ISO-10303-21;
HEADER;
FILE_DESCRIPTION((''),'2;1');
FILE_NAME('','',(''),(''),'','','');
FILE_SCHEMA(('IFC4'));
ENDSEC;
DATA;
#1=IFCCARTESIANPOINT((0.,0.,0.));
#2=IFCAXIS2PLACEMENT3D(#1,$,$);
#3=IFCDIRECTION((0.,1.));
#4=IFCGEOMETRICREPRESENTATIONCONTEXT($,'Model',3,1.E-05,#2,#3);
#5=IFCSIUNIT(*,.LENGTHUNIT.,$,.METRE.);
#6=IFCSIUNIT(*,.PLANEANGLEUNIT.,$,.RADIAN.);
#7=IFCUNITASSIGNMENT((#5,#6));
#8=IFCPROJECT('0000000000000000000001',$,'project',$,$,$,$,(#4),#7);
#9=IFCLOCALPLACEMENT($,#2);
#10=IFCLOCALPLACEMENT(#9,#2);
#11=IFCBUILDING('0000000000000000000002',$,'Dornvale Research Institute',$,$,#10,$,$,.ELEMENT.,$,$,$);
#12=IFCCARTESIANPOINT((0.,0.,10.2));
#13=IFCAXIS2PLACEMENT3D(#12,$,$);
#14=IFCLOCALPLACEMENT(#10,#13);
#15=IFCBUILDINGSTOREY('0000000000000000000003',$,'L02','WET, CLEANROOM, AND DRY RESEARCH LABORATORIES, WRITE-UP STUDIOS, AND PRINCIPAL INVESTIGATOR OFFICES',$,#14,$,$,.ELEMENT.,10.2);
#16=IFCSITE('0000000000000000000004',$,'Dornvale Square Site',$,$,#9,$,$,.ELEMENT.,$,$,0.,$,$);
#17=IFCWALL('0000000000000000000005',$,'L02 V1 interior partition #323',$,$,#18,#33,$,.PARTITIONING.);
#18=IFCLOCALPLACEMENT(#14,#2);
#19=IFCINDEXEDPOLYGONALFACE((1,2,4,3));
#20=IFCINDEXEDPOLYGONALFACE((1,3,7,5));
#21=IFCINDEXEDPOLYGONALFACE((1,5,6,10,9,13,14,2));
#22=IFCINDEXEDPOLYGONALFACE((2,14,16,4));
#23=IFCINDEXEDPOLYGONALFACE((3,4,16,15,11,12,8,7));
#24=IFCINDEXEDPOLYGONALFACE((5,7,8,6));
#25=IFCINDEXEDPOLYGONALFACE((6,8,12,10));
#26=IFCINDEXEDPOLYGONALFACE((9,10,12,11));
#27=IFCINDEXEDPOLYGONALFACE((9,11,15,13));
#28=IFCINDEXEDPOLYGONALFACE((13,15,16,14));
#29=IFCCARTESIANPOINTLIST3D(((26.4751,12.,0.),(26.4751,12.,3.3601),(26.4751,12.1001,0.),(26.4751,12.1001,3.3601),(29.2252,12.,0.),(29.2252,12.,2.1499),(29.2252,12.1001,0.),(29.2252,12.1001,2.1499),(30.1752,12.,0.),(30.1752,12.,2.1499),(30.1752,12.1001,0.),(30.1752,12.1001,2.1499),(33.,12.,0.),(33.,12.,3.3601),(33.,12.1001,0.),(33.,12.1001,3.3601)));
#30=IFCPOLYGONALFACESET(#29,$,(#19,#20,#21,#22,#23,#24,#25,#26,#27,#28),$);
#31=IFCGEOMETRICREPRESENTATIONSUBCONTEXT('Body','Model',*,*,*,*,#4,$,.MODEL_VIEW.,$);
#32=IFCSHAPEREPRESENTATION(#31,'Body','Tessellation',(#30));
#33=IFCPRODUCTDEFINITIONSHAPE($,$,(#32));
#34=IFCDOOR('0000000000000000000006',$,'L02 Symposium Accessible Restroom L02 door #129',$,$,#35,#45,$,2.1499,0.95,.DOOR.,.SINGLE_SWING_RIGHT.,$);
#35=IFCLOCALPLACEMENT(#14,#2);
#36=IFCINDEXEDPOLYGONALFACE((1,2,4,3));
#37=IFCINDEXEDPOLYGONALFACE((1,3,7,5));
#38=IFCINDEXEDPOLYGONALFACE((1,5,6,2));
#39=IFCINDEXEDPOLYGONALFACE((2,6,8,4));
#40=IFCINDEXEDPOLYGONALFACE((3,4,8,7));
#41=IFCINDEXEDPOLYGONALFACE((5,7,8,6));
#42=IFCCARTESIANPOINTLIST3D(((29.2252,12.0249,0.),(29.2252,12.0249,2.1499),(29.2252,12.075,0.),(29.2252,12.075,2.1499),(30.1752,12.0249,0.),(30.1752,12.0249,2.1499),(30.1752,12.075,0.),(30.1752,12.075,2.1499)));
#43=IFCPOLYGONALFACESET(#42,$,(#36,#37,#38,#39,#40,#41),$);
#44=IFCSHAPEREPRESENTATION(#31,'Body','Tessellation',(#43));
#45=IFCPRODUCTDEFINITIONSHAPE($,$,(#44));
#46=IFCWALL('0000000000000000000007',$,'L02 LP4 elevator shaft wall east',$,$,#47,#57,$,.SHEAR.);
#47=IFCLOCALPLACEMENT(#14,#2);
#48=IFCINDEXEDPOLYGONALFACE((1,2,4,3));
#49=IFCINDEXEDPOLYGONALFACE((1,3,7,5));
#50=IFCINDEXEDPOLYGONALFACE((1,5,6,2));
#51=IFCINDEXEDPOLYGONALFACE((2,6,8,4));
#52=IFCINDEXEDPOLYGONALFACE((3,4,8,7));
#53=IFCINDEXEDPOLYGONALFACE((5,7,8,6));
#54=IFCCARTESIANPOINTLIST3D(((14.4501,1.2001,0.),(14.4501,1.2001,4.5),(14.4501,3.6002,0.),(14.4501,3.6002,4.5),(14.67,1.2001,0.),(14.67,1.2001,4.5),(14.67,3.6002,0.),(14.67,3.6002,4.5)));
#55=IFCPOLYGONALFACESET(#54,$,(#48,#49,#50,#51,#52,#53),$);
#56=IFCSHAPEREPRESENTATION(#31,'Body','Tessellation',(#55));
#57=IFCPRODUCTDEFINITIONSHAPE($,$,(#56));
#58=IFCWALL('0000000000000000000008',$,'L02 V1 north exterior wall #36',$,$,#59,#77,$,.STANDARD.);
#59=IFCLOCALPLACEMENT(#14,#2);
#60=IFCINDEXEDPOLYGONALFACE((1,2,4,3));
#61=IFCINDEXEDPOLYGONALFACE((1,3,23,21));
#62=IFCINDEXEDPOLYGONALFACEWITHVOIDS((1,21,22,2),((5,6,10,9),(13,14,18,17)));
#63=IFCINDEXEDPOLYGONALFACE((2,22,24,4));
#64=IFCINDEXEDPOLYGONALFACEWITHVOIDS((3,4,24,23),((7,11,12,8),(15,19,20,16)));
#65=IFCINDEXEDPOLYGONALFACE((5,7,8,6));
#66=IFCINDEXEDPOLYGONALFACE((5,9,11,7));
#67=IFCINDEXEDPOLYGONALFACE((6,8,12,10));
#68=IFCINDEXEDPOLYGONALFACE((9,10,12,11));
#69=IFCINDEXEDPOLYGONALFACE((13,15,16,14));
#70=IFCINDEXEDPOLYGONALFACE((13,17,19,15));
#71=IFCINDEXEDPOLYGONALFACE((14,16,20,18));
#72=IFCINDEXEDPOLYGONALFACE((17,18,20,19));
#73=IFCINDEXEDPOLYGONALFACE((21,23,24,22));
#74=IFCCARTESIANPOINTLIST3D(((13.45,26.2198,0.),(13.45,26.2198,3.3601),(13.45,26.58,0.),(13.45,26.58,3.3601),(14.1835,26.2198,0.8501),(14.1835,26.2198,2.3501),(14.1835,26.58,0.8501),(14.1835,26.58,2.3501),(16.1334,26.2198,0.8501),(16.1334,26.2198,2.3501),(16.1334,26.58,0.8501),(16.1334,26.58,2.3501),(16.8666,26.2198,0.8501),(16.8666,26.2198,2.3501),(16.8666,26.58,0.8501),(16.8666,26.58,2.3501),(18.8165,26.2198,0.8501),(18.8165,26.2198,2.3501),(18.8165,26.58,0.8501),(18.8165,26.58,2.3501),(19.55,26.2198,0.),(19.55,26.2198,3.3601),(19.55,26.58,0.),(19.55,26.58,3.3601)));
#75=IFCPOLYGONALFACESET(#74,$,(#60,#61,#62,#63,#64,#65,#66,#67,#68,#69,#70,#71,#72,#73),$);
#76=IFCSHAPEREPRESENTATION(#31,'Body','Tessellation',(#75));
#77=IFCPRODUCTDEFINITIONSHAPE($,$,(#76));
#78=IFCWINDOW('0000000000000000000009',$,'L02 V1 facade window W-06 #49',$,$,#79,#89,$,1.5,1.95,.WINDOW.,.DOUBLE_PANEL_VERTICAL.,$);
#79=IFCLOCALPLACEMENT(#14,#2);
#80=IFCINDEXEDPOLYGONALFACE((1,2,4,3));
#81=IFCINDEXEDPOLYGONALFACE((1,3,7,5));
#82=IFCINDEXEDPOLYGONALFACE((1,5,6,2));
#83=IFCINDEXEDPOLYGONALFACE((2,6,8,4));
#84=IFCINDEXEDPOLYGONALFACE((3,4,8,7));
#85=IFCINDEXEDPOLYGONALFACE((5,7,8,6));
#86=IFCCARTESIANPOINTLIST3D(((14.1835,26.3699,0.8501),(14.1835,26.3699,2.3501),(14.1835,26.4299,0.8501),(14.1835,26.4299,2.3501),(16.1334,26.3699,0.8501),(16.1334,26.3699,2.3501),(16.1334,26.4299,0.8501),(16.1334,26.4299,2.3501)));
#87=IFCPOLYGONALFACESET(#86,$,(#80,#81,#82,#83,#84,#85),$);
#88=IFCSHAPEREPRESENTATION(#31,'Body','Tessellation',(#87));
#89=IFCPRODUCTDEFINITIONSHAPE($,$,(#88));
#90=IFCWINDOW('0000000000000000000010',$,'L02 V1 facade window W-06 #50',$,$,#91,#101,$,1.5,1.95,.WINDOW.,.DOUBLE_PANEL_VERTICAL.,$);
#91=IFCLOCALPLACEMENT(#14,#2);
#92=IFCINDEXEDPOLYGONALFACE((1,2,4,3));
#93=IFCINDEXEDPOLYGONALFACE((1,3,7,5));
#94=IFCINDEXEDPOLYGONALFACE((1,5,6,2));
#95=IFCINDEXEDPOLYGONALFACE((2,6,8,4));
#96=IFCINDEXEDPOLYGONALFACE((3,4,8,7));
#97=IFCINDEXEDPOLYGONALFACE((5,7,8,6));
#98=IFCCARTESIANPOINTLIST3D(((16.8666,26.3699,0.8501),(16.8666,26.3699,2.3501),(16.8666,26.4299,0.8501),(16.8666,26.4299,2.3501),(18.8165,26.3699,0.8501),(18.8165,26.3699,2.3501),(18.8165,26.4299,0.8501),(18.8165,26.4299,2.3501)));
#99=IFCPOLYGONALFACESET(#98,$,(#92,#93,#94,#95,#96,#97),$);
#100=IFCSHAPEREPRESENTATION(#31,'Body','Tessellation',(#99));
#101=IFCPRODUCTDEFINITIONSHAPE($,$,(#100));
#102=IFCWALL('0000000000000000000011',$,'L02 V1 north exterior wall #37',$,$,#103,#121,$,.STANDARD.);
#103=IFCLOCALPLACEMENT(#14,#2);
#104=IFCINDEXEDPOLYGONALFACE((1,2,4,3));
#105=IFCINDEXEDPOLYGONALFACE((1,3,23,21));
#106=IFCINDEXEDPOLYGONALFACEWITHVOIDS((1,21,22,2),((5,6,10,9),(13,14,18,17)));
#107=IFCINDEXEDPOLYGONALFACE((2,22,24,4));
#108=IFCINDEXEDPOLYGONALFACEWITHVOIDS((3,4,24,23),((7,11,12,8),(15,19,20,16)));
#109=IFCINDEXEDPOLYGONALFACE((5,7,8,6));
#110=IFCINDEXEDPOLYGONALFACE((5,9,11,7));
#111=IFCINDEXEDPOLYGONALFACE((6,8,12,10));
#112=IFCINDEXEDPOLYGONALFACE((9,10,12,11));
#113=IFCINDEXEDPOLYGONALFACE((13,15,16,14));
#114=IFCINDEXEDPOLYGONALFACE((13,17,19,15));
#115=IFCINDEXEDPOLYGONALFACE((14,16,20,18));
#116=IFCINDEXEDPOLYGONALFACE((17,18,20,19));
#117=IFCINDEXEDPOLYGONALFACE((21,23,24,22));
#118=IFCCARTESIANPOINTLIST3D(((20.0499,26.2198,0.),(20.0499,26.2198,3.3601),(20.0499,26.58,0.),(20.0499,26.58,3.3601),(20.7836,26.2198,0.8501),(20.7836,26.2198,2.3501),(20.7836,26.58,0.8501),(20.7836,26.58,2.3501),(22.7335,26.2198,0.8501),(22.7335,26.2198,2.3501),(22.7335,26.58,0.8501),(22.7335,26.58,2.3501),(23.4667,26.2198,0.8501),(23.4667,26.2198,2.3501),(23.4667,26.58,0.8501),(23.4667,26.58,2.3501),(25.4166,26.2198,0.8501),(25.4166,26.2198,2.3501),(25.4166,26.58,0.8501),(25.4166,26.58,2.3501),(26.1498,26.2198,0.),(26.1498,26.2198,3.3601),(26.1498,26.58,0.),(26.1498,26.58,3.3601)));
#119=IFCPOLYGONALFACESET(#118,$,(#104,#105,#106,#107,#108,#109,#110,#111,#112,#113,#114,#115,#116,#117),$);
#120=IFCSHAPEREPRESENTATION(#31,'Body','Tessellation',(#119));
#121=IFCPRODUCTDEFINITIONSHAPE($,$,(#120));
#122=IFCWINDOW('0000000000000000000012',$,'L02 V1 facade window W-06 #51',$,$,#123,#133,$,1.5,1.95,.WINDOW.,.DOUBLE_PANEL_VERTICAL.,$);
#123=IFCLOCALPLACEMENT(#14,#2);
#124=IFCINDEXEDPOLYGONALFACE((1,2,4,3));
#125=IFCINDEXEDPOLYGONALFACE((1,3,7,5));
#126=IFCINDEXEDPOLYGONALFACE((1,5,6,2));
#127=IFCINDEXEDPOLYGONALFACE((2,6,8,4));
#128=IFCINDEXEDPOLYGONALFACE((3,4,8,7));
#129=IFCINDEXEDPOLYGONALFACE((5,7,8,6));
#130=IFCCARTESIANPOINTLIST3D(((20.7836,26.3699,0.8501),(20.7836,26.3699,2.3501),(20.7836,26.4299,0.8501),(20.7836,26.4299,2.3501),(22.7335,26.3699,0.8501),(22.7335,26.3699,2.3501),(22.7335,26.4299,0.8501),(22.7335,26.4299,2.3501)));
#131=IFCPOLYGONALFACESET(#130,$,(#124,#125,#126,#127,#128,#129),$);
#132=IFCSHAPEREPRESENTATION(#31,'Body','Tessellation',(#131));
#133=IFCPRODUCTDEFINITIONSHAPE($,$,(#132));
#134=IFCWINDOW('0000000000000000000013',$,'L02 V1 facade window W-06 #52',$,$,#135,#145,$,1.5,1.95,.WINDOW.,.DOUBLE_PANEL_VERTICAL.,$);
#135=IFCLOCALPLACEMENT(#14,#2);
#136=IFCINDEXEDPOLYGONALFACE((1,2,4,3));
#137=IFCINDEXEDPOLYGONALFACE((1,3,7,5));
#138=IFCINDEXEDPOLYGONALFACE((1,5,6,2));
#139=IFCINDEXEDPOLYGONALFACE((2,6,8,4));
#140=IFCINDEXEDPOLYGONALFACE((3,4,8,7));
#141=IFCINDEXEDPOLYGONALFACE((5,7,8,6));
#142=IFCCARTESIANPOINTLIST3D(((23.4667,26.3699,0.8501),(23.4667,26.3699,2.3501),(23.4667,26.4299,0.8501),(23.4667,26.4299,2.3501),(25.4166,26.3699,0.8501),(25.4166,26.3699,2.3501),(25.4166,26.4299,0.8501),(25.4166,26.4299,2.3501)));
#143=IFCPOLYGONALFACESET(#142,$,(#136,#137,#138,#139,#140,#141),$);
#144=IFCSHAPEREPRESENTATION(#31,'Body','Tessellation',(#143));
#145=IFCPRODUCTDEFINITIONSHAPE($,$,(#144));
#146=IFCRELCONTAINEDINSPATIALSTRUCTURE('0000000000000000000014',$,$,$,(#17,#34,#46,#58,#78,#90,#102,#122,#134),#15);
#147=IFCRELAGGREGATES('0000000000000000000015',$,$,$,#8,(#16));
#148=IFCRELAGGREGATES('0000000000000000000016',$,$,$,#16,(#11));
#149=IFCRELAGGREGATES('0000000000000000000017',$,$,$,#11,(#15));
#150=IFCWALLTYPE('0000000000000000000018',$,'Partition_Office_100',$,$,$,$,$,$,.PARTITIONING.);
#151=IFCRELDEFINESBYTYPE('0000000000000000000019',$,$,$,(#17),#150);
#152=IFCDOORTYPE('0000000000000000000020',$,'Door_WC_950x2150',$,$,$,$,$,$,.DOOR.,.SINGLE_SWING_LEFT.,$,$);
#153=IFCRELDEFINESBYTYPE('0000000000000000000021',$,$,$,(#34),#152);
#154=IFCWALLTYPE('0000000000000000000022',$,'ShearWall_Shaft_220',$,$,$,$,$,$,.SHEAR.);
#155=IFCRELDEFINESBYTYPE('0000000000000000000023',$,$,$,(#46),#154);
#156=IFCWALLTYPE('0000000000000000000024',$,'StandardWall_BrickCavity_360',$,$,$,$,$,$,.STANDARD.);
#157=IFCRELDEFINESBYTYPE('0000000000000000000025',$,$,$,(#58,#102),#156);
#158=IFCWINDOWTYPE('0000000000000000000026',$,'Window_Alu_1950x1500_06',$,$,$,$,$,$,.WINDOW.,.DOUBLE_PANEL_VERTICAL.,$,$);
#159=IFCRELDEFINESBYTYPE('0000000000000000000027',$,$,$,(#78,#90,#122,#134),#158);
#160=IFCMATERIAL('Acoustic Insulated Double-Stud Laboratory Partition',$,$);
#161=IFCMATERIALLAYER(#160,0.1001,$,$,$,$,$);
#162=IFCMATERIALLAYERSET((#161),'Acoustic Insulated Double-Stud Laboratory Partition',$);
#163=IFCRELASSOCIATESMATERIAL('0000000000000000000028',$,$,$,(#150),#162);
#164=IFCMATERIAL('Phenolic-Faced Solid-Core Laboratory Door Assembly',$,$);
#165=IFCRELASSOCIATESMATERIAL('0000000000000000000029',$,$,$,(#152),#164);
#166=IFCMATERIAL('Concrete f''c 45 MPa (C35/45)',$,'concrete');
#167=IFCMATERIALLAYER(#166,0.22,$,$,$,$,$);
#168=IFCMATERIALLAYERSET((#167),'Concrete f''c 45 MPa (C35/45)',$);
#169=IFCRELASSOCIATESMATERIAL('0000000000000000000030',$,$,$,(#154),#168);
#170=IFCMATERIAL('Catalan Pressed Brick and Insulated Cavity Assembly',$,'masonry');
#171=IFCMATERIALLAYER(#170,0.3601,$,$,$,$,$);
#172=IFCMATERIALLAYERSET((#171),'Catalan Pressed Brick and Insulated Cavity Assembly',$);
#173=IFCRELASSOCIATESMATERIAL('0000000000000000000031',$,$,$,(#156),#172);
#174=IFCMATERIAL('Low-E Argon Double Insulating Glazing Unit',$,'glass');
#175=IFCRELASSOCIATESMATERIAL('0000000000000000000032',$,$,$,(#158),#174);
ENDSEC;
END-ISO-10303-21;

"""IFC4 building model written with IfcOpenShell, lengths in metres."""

from ifc_helpers import new_model, si_unit, direction, frame, frame_2d, origin, place, context, subcontext, project, spatial, rectangle, extrude, material, layer, layer_set, type_object, element, fill, save


model = new_model("IFC4")

# Units and contexts
model_context = context("Model", 3, precision=1e-05, world=origin(), true_north=direction((0.0, 1.0)))
body_context = subcontext(model_context, "Body", "Model", "MODEL_VIEW")
ifc_project = project(units=[si_unit("LENGTHUNIT", "METRE"), si_unit("PLANEANGLEUNIT", "RADIAN")], contexts=[model_context])

# Site, building, storey
site_placement = place(None, origin())
site = spatial("IfcSite", under=ifc_project, at=site_placement, Name="Dornvale Square Site", CompositionType="ELEMENT", RefElevation=0.0)
building_placement = place(site_placement, origin())
building = spatial("IfcBuilding", under=site, at=building_placement, Name="Dornvale Research Institute", CompositionType="ELEMENT")
storey_placement = place(building_placement, frame((0.0, 0.0, 10.2)))
storey = spatial("IfcBuildingStorey", under=building, at=storey_placement, Name="L02", Description="WET, CLEANROOM, AND DRY RESEARCH LABORATORIES, WRITE-UP STUDIOS, AND PRINCIPAL INVESTIGATOR OFFICES", CompositionType="ELEMENT", Elevation=10.2)

# Wall, opening, door
ifc_material_1 = material(Name="Acoustic Insulated Double-Stud Laboratory Partition")
ifc_layer_1 = layer(ifc_material_1, 0.1001)
ifc_layer_set_1 = layer_set([ifc_layer_1], Name="Acoustic Insulated Double-Stud Laboratory Partition")
wall_type_1 = type_object("IfcWallType", Name="Partition_Office_100", PredefinedType="PARTITIONING", material=ifc_layer_set_1)
wall_1_placement = place(storey_placement, frame((26.4751, 12.05, 0.0), z_axis=(0.0, 0.0, 1.0), x_axis=(1.0, 0.0, 0.0)))
wall_1 = element("IfcWall", 1, at=wall_1_placement, inside=storey, type_object=wall_type_1, Name="L02 V1 interior partition #323", PredefinedType="PARTITIONING", context=body_context, shape_type="SweptSolid", body=[
    extrude(rectangle(XDim=6.5249, YDim=0.1001, at=frame_2d((3.2625, 0.0))), origin(), (0.0, 0.0, 1.0), 3.3601),
])
opening_1_placement = place(wall_1_placement, frame((2.75, 0.0, 0.0)))
opening_1 = element("IfcOpeningElement", 2, at=opening_1_placement, cuts=wall_1, PredefinedType="OPENING", context=body_context, shape_type="SweptSolid", body=[
    extrude(rectangle(XDim=0.95, YDim=2.1499, at=frame_2d((0.4751, 1.075))), frame((0.0, 0.0649, 0.0), z_axis=(0.0, -1.0, 0.0), x_axis=(1.0, 0.0, 0.0)), (0.0, 0.0, 1.0), 0.1301),
])
ifc_material_2 = material(Name="Phenolic-Faced Solid-Core Laboratory Door Assembly")
door_type_1 = type_object("IfcDoorType", Name="Door_WC_950x2150", OperationType="SINGLE_SWING_LEFT", PredefinedType="DOOR", material=ifc_material_2)
door_1_placement = place(opening_1_placement, origin())
door_1 = element("IfcDoor", 3, at=door_1_placement, inside=storey, type_object=door_type_1, Name="L02 Symposium Accessible Restroom L02 door #129", OperationType="SINGLE_SWING_RIGHT", OverallHeight=2.1499, OverallWidth=0.95, PredefinedType="DOOR", context=body_context, shape_type="SweptSolid", body=[
    extrude(rectangle(XDim=0.95, YDim=2.1499, at=frame_2d((0.4751, 1.075))), frame((0.0, 0.0249, 0.0), z_axis=(0.0, -1.0, 0.0), x_axis=(1.0, 0.0, 0.0)), (0.0, 0.0, 1.0), 0.05),
])
fill(opening_1, door_1)

# Wall
ifc_material_3 = material(Name="Concrete f'c 45 MPa (C35/45)", Category="concrete")
ifc_layer_2 = layer(ifc_material_3, 0.22)
ifc_layer_set_2 = layer_set([ifc_layer_2], Name="Concrete f'c 45 MPa (C35/45)")
wall_type_2 = type_object("IfcWallType", Name="ShearWall_Shaft_220", PredefinedType="SHEAR", material=ifc_layer_set_2)
wall_2_placement = place(storey_placement, frame((14.5601, 1.2, 0.0), z_axis=(0.0, 0.0, 1.0), x_axis=(0.0, 1.0, 0.0)))
element("IfcWall", 4, at=wall_2_placement, inside=storey, type_object=wall_type_2, Name="L02 LP4 elevator shaft wall east", PredefinedType="SHEAR", context=body_context, shape_type="SweptSolid", body=[
    extrude(rectangle(XDim=2.4001, YDim=0.22, at=frame_2d((1.2002, 0.0))), origin(), (0.0, 0.0, 1.0), 4.5),
])

# Walls, openings, windows
ifc_material_4 = material(Name="Catalan Pressed Brick and Insulated Cavity Assembly", Category="masonry")
ifc_layer_3 = layer(ifc_material_4, 0.3601)
ifc_layer_set_3 = layer_set([ifc_layer_3], Name="Catalan Pressed Brick and Insulated Cavity Assembly")
wall_type_3 = type_object("IfcWallType", Name="StandardWall_BrickCavity_360", PredefinedType="STANDARD", material=ifc_layer_set_3)
wall_3_placement = place(storey_placement, frame((13.45, 26.3999, 0.0), z_axis=(0.0, 0.0, 1.0), x_axis=(1.0, 0.0, 0.0)))
wall_3 = element("IfcWall", 5, at=wall_3_placement, inside=storey, type_object=wall_type_3, Name="L02 V1 north exterior wall #36", PredefinedType="STANDARD", context=body_context, shape_type="SweptSolid", body=[
    extrude(rectangle(XDim=6.1001, YDim=0.3601, at=frame_2d((3.05, 0.0))), origin(), (0.0, 0.0, 1.0), 3.3601),
])
opening_2_placement = place(wall_3_placement, frame((0.7334, 0.0, 0.8501)))
opening_2 = element("IfcOpeningElement", 6, at=opening_2_placement, cuts=wall_3, PredefinedType="OPENING", context=body_context, shape_type="SweptSolid", body=[
    extrude(rectangle(XDim=1.95, YDim=1.5, at=frame_2d((0.9751, 0.75))), frame((0.0, 0.1951, 0.0), z_axis=(0.0, -1.0, 0.0), x_axis=(1.0, 0.0, 0.0)), (0.0, 0.0, 1.0), 0.3901),
])
opening_3_placement = place(wall_3_placement, frame((3.4165, 0.0, 0.8501)))
opening_3 = element("IfcOpeningElement", 7, at=opening_3_placement, cuts=wall_3, PredefinedType="OPENING", context=body_context, shape_type="SweptSolid", body=[
    extrude(rectangle(XDim=1.95, YDim=1.5, at=frame_2d((0.9751, 0.75))), frame((0.0, 0.1951, 0.0), z_axis=(0.0, -1.0, 0.0), x_axis=(1.0, 0.0, 0.0)), (0.0, 0.0, 1.0), 0.3901),
])
ifc_material_5 = material(Name="Low-E Argon Double Insulating Glazing Unit", Category="glass")
window_type = type_object("IfcWindowType", Name="Window_Alu_1950x1500_06", PartitioningType="DOUBLE_PANEL_VERTICAL", PredefinedType="WINDOW", material=ifc_material_5)
window_1_placement = place(opening_2_placement, origin())
window_1 = element("IfcWindow", 8, at=window_1_placement, inside=storey, type_object=window_type, Name="L02 V1 facade window W-06 #49", OverallHeight=1.5, OverallWidth=1.95, PartitioningType="DOUBLE_PANEL_VERTICAL", PredefinedType="WINDOW", context=body_context, shape_type="SweptSolid", body=[
    extrude(rectangle(XDim=1.95, YDim=1.5, at=frame_2d((0.9751, 0.75))), frame((0.0, 0.03, 0.0), z_axis=(0.0, -1.0, 0.0), x_axis=(1.0, 0.0, 0.0)), (0.0, 0.0, 1.0), 0.0601),
])
fill(opening_2, window_1)
window_2_placement = place(opening_3_placement, origin())
window_2 = element("IfcWindow", 9, at=window_2_placement, inside=storey, type_object=window_type, Name="L02 V1 facade window W-06 #50", OverallHeight=1.5, OverallWidth=1.95, PartitioningType="DOUBLE_PANEL_VERTICAL", PredefinedType="WINDOW", context=body_context, shape_type="SweptSolid", body=[
    extrude(rectangle(XDim=1.95, YDim=1.5, at=frame_2d((0.9751, 0.75))), frame((0.0, 0.03, 0.0), z_axis=(0.0, -1.0, 0.0), x_axis=(1.0, 0.0, 0.0)), (0.0, 0.0, 1.0), 0.0601),
])
fill(opening_3, window_2)
wall_4_placement = place(storey_placement, frame((20.05, 26.3999, 0.0), z_axis=(0.0, 0.0, 1.0), x_axis=(1.0, 0.0, 0.0)))
wall_4 = element("IfcWall", 10, at=wall_4_placement, inside=storey, type_object=wall_type_3, Name="L02 V1 north exterior wall #37", PredefinedType="STANDARD", context=body_context, shape_type="SweptSolid", body=[
    extrude(rectangle(XDim=6.0999, YDim=0.3601, at=frame_2d((3.0498, 0.0))), origin(), (0.0, 0.0, 1.0), 3.3601),
])
opening_4_placement = place(wall_4_placement, frame((0.7334, 0.0, 0.8501)))
opening_4 = element("IfcOpeningElement", 11, at=opening_4_placement, cuts=wall_4, PredefinedType="OPENING", context=body_context, shape_type="SweptSolid", body=[
    extrude(rectangle(XDim=1.95, YDim=1.5, at=frame_2d((0.9751, 0.75))), frame((0.0, 0.1951, 0.0), z_axis=(0.0, -1.0, 0.0), x_axis=(1.0, 0.0, 0.0)), (0.0, 0.0, 1.0), 0.3901),
])
opening_5_placement = place(wall_4_placement, frame((3.4165, 0.0, 0.8501)))
opening_5 = element("IfcOpeningElement", 12, at=opening_5_placement, cuts=wall_4, PredefinedType="OPENING", context=body_context, shape_type="SweptSolid", body=[
    extrude(rectangle(XDim=1.95, YDim=1.5, at=frame_2d((0.9751, 0.75))), frame((0.0, 0.1951, 0.0), z_axis=(0.0, -1.0, 0.0), x_axis=(1.0, 0.0, 0.0)), (0.0, 0.0, 1.0), 0.3901),
])
window_3_placement = place(opening_4_placement, origin())
window_3 = element("IfcWindow", 13, at=window_3_placement, inside=storey, type_object=window_type, Name="L02 V1 facade window W-06 #51", OverallHeight=1.5, OverallWidth=1.95, PartitioningType="DOUBLE_PANEL_VERTICAL", PredefinedType="WINDOW", context=body_context, shape_type="SweptSolid", body=[
    extrude(rectangle(XDim=1.95, YDim=1.5, at=frame_2d((0.9751, 0.75))), frame((0.0, 0.03, 0.0), z_axis=(0.0, -1.0, 0.0), x_axis=(1.0, 0.0, 0.0)), (0.0, 0.0, 1.0), 0.0601),
])
fill(opening_4, window_3)
window_4_placement = place(opening_5_placement, origin())
window_4 = element("IfcWindow", 14, at=window_4_placement, inside=storey, type_object=window_type, Name="L02 V1 facade window W-06 #52", OverallHeight=1.5, OverallWidth=1.95, PartitioningType="DOUBLE_PANEL_VERTICAL", PredefinedType="WINDOW", context=body_context, shape_type="SweptSolid", body=[
    extrude(rectangle(XDim=1.95, YDim=1.5, at=frame_2d((0.9751, 0.75))), frame((0.0, 0.03, 0.0), z_axis=(0.0, -1.0, 0.0), x_axis=(1.0, 0.0, 0.0)), (0.0, 0.0, 1.0), 0.0601),
])
fill(opening_5, window_4)

save(model, "model.ifc")
